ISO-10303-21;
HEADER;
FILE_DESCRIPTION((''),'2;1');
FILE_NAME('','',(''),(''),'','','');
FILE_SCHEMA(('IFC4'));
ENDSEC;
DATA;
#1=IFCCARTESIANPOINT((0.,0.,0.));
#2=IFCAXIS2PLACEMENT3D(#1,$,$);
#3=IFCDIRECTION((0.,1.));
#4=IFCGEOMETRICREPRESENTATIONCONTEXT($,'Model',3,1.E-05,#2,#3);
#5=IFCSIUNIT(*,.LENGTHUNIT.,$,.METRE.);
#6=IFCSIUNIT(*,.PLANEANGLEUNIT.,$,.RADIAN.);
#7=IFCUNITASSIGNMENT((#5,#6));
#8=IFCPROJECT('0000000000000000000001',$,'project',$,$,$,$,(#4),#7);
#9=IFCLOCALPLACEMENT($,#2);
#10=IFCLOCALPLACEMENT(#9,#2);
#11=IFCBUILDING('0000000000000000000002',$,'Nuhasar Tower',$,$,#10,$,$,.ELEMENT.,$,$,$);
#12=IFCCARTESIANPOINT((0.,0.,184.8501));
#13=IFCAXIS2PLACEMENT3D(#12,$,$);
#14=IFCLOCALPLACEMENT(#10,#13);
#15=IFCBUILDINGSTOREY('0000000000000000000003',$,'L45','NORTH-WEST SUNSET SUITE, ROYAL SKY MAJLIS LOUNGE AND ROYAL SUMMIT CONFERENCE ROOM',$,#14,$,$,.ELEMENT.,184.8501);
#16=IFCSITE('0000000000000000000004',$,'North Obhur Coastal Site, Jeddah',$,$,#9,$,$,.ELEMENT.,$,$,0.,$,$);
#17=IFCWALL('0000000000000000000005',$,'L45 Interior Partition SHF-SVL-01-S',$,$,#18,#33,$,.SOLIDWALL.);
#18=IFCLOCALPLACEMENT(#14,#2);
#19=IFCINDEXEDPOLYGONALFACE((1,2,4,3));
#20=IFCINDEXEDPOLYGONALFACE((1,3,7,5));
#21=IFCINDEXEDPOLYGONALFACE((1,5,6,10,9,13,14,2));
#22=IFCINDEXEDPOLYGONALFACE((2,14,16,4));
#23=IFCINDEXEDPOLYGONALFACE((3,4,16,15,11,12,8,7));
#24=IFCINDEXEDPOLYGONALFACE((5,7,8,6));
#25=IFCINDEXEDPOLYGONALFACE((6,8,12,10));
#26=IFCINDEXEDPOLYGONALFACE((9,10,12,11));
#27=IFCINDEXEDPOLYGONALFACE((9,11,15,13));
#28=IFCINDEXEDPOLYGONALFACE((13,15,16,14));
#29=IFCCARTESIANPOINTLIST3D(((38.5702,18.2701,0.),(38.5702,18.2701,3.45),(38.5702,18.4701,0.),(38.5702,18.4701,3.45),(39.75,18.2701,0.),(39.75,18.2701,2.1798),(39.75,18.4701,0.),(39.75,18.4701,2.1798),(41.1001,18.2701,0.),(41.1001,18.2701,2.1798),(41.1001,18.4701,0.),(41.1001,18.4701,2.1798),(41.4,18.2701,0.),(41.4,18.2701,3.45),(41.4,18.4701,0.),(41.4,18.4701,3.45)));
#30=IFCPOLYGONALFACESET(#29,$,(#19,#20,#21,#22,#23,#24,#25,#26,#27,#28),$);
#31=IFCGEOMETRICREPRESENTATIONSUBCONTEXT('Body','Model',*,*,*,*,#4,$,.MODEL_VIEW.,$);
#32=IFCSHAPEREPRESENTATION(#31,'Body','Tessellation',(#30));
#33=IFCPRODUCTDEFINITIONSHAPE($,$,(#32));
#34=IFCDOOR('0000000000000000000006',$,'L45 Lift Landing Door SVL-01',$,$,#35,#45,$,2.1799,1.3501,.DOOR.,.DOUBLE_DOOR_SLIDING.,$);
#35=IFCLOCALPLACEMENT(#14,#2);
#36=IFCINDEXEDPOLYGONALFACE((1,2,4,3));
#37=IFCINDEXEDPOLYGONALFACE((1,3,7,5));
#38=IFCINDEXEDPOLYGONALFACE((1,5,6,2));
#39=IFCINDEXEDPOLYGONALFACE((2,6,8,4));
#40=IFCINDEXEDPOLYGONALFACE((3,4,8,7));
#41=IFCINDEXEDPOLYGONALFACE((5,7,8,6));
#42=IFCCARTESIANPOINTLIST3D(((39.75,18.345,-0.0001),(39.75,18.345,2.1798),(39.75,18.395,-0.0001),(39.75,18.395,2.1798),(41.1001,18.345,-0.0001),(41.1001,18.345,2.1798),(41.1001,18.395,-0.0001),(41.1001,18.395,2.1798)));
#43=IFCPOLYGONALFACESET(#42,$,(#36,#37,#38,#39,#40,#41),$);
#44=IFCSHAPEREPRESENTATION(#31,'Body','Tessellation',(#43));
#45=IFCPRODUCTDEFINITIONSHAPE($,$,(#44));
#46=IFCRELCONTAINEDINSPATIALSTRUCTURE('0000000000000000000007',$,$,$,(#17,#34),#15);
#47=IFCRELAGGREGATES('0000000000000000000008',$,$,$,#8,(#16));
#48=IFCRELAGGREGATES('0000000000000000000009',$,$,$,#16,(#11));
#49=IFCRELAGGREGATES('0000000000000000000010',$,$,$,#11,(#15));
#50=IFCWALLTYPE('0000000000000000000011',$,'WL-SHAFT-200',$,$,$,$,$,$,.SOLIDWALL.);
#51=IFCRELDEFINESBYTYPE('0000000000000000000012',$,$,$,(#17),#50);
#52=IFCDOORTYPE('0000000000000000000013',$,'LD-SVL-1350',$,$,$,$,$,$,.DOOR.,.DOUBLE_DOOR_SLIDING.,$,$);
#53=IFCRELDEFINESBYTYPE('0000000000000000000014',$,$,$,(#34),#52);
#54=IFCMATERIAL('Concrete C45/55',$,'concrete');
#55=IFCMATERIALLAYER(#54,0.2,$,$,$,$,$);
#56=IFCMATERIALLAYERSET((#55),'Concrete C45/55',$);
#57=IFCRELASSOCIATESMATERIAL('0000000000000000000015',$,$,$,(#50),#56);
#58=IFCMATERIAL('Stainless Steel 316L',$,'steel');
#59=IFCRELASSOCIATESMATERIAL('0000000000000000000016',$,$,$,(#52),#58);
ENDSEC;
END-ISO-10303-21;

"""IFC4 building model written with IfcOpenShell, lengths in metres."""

from ifc_helpers import new_model, si_unit, direction, frame, frame_2d, origin, place, context, subcontext, project, spatial, rectangle, extrude, material, layer, layer_set, type_object, element, fill, save


model = new_model("IFC4")

# Units and contexts
model_context = context("Model", 3, precision=1e-05, world=origin(), true_north=direction((0.0, 1.0)))
body_context = subcontext(model_context, "Body", "Model", "MODEL_VIEW")
ifc_project = project(units=[si_unit("LENGTHUNIT", "METRE"), si_unit("PLANEANGLEUNIT", "RADIAN")], contexts=[model_context])

# Site, building, storey
site_placement = place(None, origin())
site = spatial("IfcSite", under=ifc_project, at=site_placement, Name="North Obhur Coastal Site, Jeddah", CompositionType="ELEMENT", RefElevation=0.0)
building_placement = place(site_placement, origin())
building = spatial("IfcBuilding", under=site, at=building_placement, Name="Nuhasar Tower", CompositionType="ELEMENT")
storey_placement = place(building_placement, frame((0.0, 0.0, 184.8501)))
storey = spatial("IfcBuildingStorey", under=building, at=storey_placement, Name="L45", Description="NORTH-WEST SUNSET SUITE, ROYAL SKY MAJLIS LOUNGE AND ROYAL SUMMIT CONFERENCE ROOM", CompositionType="ELEMENT", Elevation=184.8501)

# Shared definitions
ifc_material_1 = material(Name="Concrete C45/55", Category="concrete")
ifc_layer_1 = layer(ifc_material_1, 0.2)
ifc_layer_set_1 = layer_set([ifc_layer_1], Name="Concrete C45/55")
wall_type_1 = type_object("IfcWallType", Name="WL-SHAFT-200", PredefinedType="SOLIDWALL", material=ifc_layer_set_1)

# Shared definitions
ifc_material_2 = material(Name="Stainless Steel 316L", Category="steel")

# Wall, opening, door
wall_1_placement = place(storey_placement, frame((38.5701, 18.3701, 0.0), z_axis=(0.0, 0.0, 1.0), x_axis=(1.0, 0.0, 0.0)))
wall_1 = element("IfcWall", 1, at=wall_1_placement, inside=storey, type_object=wall_type_1, Name="L45 Interior Partition SHF-SVL-01-S", PredefinedType="SOLIDWALL", context=body_context, shape_type="SweptSolid", body=[
    extrude(rectangle(XDim=2.8298, YDim=0.2, at=frame_2d((1.415, 0.0))), origin(), (0.0, 0.0, 1.0), 3.45),
])
opening_1_placement = place(wall_1_placement, frame((1.1799, 0.0, 0.0)))
opening_1 = element("IfcOpeningElement", 2, at=opening_1_placement, cuts=wall_1, PredefinedType="OPENING", context=body_context, shape_type="SweptSolid", body=[
    extrude(rectangle(XDim=1.3501, YDim=2.1799, at=frame_2d((0.675, 1.0898))), frame((0.0, 0.1099, 0.0), z_axis=(0.0, -1.0, 0.0), x_axis=(1.0, 0.0, 0.0)), (0.0, 0.0, 1.0), 0.22),
])
door_type_1 = type_object("IfcDoorType", Name="LD-SVL-1350", OperationType="DOUBLE_DOOR_SLIDING", PredefinedType="DOOR", material=ifc_material_2)
door_1_placement = place(opening_1_placement, origin())
door_1 = element("IfcDoor", 3, at=door_1_placement, inside=storey, type_object=door_type_1, Name="L45 Lift Landing Door SVL-01", OperationType="DOUBLE_DOOR_SLIDING", OverallHeight=2.1799, OverallWidth=1.3501, PredefinedType="DOOR", context=body_context, shape_type="SweptSolid", body=[
    extrude(rectangle(XDim=1.3501, YDim=2.1799, at=frame_2d((0.675, 1.0898))), frame((0.0, 0.0249, 0.0), z_axis=(0.0, -1.0, 0.0), x_axis=(1.0, 0.0, 0.0)), (0.0, 0.0, 1.0), 0.05),
])
fill(opening_1, door_1)

save(model, "model.ifc")
